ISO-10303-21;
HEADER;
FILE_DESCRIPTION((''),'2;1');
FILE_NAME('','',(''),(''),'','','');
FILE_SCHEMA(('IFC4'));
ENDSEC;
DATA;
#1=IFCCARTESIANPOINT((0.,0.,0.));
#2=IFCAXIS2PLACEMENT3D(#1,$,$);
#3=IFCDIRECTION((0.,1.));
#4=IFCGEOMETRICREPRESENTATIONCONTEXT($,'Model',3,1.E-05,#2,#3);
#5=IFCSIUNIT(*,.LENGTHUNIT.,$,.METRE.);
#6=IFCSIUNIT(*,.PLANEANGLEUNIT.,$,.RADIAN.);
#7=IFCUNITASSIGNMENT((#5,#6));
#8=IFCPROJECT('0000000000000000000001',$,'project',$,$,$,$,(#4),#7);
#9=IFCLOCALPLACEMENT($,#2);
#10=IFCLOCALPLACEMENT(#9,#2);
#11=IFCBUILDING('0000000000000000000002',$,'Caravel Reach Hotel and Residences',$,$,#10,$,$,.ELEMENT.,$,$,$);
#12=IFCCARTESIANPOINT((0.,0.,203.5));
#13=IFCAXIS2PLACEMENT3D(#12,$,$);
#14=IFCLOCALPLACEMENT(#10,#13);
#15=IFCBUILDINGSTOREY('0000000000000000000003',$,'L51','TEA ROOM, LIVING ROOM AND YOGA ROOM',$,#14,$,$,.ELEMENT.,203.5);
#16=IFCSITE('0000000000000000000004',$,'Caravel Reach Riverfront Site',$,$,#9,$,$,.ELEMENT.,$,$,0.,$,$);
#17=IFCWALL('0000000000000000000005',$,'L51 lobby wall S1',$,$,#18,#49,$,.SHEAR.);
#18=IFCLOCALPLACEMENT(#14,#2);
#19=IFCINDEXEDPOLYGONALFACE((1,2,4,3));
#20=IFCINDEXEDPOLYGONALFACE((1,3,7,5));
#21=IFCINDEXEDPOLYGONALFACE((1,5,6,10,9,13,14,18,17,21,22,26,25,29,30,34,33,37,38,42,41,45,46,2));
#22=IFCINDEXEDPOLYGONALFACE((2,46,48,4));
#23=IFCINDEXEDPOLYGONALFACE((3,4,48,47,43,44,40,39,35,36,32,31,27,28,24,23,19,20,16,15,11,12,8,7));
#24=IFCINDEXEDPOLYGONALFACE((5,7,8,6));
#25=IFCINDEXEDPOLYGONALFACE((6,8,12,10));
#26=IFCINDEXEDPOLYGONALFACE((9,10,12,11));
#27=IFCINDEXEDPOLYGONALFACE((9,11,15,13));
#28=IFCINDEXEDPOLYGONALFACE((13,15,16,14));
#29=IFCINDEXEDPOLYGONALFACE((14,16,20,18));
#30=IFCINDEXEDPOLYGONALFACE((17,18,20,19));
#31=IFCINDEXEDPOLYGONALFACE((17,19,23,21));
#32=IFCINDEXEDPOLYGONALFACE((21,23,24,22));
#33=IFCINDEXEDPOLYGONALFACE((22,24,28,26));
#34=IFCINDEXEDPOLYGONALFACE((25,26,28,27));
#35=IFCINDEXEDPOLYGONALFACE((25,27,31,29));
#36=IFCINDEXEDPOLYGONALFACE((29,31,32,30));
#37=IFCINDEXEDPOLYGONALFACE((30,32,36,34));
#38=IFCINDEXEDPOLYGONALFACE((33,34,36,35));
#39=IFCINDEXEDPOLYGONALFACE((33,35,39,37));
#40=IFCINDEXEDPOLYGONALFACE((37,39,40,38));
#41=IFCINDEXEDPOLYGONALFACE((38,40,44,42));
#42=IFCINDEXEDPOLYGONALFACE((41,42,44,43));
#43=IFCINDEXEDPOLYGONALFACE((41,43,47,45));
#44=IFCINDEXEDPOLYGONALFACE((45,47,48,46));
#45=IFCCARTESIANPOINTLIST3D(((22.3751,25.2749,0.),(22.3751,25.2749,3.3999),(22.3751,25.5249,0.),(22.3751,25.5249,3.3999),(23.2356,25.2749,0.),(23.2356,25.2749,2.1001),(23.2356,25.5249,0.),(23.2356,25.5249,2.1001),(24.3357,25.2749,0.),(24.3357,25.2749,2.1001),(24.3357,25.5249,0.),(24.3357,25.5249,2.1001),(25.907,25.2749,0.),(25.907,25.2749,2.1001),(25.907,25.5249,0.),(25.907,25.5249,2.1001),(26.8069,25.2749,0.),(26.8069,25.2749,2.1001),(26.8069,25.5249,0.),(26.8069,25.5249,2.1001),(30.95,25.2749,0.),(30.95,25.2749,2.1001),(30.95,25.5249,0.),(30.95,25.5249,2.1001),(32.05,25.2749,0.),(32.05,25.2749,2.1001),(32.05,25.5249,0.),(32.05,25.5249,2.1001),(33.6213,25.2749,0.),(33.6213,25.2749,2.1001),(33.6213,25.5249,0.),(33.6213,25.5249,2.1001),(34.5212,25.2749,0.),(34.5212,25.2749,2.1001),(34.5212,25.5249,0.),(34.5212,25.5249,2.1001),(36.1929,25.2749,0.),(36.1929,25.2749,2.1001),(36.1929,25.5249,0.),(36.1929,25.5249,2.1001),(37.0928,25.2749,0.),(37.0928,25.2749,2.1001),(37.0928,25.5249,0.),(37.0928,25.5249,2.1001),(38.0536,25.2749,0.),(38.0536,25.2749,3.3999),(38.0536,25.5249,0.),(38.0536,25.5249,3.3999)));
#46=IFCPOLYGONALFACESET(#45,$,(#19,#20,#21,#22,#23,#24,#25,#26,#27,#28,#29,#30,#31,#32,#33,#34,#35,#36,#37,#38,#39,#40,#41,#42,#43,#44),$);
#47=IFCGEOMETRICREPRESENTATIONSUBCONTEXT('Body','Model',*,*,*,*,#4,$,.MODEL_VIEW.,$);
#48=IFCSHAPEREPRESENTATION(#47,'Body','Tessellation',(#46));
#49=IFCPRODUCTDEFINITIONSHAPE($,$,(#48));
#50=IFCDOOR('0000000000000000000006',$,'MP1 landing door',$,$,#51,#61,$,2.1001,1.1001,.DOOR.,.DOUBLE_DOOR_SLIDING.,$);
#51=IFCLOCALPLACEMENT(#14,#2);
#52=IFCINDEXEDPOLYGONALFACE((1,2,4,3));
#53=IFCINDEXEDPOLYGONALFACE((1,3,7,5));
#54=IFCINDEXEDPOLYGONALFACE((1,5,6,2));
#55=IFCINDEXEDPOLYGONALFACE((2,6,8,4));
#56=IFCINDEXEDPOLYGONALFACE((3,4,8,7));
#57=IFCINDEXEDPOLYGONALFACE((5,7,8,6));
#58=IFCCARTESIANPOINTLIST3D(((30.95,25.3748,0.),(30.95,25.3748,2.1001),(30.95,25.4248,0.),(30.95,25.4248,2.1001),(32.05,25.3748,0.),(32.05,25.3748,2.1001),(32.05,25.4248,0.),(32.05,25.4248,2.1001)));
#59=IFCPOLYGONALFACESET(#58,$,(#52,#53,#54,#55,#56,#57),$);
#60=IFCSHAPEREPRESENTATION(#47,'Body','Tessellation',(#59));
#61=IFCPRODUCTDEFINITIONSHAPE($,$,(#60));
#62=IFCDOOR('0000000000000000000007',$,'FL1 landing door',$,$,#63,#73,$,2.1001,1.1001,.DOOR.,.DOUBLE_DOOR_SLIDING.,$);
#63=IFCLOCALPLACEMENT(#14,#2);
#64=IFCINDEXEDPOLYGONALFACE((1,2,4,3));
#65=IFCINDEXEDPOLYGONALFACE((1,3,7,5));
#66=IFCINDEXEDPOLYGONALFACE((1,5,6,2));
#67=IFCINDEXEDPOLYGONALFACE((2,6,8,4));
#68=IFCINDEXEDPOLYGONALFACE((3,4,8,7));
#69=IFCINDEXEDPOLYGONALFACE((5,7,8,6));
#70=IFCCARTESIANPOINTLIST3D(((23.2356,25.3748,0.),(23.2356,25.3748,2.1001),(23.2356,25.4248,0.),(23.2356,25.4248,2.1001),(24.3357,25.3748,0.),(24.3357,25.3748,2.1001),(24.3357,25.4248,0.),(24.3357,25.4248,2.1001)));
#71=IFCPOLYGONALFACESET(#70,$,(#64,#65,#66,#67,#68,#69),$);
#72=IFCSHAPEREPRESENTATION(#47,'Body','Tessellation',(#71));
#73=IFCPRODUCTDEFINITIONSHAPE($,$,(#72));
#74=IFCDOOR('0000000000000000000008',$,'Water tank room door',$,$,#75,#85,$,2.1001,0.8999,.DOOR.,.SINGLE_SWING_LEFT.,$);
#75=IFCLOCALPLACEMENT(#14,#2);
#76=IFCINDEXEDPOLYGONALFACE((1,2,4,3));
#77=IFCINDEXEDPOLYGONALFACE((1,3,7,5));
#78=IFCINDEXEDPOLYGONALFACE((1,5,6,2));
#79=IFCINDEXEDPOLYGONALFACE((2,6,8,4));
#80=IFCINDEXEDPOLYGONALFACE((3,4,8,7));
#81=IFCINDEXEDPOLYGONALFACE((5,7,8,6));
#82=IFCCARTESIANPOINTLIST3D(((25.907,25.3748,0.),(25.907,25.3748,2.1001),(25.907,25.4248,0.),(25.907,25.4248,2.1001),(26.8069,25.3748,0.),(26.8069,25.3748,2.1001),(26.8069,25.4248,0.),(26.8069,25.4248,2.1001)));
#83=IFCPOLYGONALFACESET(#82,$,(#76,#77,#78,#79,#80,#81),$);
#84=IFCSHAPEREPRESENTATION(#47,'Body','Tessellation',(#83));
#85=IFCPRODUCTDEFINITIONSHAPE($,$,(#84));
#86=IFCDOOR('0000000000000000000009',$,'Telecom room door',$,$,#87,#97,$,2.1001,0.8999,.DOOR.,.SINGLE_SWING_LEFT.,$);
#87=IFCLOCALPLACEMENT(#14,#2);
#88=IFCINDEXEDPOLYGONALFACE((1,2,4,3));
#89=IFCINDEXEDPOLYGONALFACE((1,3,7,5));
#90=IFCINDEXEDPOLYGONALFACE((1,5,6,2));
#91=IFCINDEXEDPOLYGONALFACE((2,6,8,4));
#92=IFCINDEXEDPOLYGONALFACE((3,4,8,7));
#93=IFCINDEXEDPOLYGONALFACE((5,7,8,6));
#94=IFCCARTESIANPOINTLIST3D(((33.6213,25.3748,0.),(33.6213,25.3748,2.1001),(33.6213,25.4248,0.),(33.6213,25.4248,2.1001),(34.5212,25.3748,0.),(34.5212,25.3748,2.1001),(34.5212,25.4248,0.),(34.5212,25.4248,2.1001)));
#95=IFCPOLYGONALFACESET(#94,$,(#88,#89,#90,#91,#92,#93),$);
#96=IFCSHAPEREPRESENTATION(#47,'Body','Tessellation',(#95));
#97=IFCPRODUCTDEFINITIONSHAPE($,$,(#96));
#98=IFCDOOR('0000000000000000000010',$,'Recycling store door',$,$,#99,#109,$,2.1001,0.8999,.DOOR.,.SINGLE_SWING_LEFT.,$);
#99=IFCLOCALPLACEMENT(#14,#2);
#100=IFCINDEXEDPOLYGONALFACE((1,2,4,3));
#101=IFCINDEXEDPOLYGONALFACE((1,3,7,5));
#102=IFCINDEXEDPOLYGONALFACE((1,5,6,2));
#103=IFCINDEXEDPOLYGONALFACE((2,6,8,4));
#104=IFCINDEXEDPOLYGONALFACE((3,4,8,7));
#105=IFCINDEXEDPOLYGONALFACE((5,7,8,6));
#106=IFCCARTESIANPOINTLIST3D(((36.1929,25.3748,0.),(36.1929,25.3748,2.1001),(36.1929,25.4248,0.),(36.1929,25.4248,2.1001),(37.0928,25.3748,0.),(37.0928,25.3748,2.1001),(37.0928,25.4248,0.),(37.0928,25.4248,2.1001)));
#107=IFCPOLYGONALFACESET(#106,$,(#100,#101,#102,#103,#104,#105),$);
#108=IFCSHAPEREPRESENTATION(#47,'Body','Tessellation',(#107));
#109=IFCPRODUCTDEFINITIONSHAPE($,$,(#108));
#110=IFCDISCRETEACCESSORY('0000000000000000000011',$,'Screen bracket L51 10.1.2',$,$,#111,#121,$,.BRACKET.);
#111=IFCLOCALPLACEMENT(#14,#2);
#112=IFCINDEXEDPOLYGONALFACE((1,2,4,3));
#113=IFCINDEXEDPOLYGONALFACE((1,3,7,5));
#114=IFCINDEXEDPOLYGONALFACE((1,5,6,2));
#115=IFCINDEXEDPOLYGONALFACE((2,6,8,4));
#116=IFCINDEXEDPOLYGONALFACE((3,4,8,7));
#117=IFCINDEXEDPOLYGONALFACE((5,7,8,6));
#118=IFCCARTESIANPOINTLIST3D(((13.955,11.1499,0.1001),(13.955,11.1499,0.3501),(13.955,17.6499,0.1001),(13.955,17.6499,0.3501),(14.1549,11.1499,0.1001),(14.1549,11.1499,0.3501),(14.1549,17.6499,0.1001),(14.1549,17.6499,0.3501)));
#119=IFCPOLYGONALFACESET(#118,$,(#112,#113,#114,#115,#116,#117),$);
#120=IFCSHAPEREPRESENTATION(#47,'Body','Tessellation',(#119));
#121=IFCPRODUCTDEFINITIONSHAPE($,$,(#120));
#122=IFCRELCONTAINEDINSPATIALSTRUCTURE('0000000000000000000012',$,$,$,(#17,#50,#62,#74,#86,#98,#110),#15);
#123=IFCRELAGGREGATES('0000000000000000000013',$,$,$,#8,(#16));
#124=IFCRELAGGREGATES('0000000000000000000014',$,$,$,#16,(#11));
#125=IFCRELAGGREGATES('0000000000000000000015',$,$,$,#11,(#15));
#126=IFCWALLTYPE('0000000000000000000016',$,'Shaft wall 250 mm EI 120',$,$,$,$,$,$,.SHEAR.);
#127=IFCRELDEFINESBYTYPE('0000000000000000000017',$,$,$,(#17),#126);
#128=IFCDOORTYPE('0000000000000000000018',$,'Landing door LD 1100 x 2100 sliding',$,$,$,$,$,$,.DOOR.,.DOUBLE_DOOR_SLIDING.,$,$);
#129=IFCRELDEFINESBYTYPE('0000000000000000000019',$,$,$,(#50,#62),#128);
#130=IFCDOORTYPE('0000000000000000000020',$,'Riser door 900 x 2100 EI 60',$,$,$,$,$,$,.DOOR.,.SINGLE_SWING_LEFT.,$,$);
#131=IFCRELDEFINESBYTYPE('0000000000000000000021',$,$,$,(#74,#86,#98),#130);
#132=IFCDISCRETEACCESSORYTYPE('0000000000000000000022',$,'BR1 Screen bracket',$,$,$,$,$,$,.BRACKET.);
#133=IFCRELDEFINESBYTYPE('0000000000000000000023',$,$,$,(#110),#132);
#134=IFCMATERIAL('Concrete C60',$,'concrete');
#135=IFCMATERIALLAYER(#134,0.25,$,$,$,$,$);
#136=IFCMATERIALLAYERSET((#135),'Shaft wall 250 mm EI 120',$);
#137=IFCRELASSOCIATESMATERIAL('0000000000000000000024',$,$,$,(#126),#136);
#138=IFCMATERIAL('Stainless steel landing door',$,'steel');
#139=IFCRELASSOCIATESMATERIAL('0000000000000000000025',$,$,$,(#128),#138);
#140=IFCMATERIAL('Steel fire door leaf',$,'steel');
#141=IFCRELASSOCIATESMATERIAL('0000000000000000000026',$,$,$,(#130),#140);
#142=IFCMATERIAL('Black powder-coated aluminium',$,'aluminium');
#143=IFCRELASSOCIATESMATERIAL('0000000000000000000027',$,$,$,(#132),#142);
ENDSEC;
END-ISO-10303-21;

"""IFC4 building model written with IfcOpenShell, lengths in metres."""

from ifc_helpers import new_model, si_unit, direction, frame, frame_2d, origin, origin_2d, place, context, subcontext, project, spatial, rectangle, extrude, material, layer, layer_set, type_object, element, fill, save


model = new_model("IFC4")

# Units and contexts
model_context = context("Model", 3, precision=1e-05, world=origin(), true_north=direction((0.0, 1.0)))
body_context = subcontext(model_context, "Body", "Model", "MODEL_VIEW")
ifc_project = project(units=[si_unit("LENGTHUNIT", "METRE"), si_unit("PLANEANGLEUNIT", "RADIAN")], contexts=[model_context])

# Site, building, storey
site_placement = place(None, origin())
site = spatial("IfcSite", under=ifc_project, at=site_placement, Name="Caravel Reach Riverfront Site", CompositionType="ELEMENT", RefElevation=0.0)
building_placement = place(site_placement, origin())
building = spatial("IfcBuilding", under=site, at=building_placement, Name="Caravel Reach Hotel and Residences", CompositionType="ELEMENT")
storey_placement = place(building_placement, frame((0.0, 0.0, 203.5)))
storey = spatial("IfcBuildingStorey", under=building, at=storey_placement, Name="L51", Description="TEA ROOM, LIVING ROOM AND YOGA ROOM", CompositionType="ELEMENT", Elevation=203.5)

# Wall, openings, doors
ifc_material_1 = material(Name="Concrete C60", Category="concrete")
ifc_layer_1 = layer(ifc_material_1, 0.25)
ifc_layer_set_1 = layer_set([ifc_layer_1], Name="Shaft wall 250 mm EI 120")
wall_type_1 = type_object("IfcWallType", Name="Shaft wall 250 mm EI 120", PredefinedType="SHEAR", material=ifc_layer_set_1)
wall_1_placement = place(storey_placement, frame((22.375, 25.3999, 0.0), z_axis=(0.0, 0.0, 1.0), x_axis=(1.0, 0.0, 0.0)))
wall_1 = element("IfcWall", 1, at=wall_1_placement, inside=storey, type_object=wall_type_1, Name="L51 lobby wall S1", PredefinedType="SHEAR", context=body_context, shape_type="SweptSolid", body=[
    extrude(rectangle(XDim=15.6785, YDim=0.25, at=frame_2d((7.8394, 0.0))), origin(), (0.0, 0.0, 1.0), 3.3999),
])
opening_1_placement = place(wall_1_placement, frame((8.575, 0.0, 0.0)))
opening_1 = element("IfcOpeningElement", 2, at=opening_1_placement, cuts=wall_1, PredefinedType="OPENING", context=body_context, shape_type="SweptSolid", body=[
    extrude(rectangle(XDim=1.1001, YDim=2.1001, at=frame_2d((0.55, 1.05))), frame((0.0, 0.135, 0.0), z_axis=(0.0, -1.0, 0.0), x_axis=(1.0, 0.0, 0.0)), (0.0, 0.0, 1.0), 0.27),
])
opening_2_placement = place(wall_1_placement, frame((0.8606, 0.0, 0.0)))
opening_2 = element("IfcOpeningElement", 3, at=opening_2_placement, cuts=wall_1, PredefinedType="OPENING", context=body_context, shape_type="SweptSolid", body=[
    extrude(rectangle(XDim=1.1001, YDim=2.1001, at=frame_2d((0.55, 1.05))), frame((0.0, 0.135, 0.0), z_axis=(0.0, -1.0, 0.0), x_axis=(1.0, 0.0, 0.0)), (0.0, 0.0, 1.0), 0.27),
])
opening_3_placement = place(wall_1_placement, frame((3.532, 0.0, 0.0)))
opening_3 = element("IfcOpeningElement", 4, at=opening_3_placement, cuts=wall_1, PredefinedType="OPENING", context=body_context, shape_type="SweptSolid", body=[
    extrude(rectangle(XDim=0.8999, YDim=2.1001, at=frame_2d((0.45, 1.05))), frame((0.0, 0.135, 0.0), z_axis=(0.0, -1.0, 0.0), x_axis=(1.0, 0.0, 0.0)), (0.0, 0.0, 1.0), 0.27),
])
opening_4_placement = place(wall_1_placement, frame((11.2463, 0.0, 0.0)))
opening_4 = element("IfcOpeningElement", 5, at=opening_4_placement, cuts=wall_1, PredefinedType="OPENING", context=body_context, shape_type="SweptSolid", body=[
    extrude(rectangle(XDim=0.8999, YDim=2.1001, at=frame_2d((0.45, 1.05))), frame((0.0, 0.135, 0.0), z_axis=(0.0, -1.0, 0.0), x_axis=(1.0, 0.0, 0.0)), (0.0, 0.0, 1.0), 0.27),
])
opening_5_placement = place(wall_1_placement, frame((13.8179, 0.0, 0.0)))
opening_5 = element("IfcOpeningElement", 6, at=opening_5_placement, cuts=wall_1, PredefinedType="OPENING", context=body_context, shape_type="SweptSolid", body=[
    extrude(rectangle(XDim=0.8999, YDim=2.1001, at=frame_2d((0.45, 1.05))), frame((0.0, 0.135, 0.0), z_axis=(0.0, -1.0, 0.0), x_axis=(1.0, 0.0, 0.0)), (0.0, 0.0, 1.0), 0.27),
])
ifc_material_2 = material(Name="Stainless steel landing door", Category="steel")
door_type_1 = type_object("IfcDoorType", Name="Landing door LD 1100 x 2100 sliding", OperationType="DOUBLE_DOOR_SLIDING", PredefinedType="DOOR", material=ifc_material_2)
door_1_placement = place(opening_1_placement, origin())
door_1 = element("IfcDoor", 7, at=door_1_placement, inside=storey, type_object=door_type_1, Name="MP1 landing door", OperationType="DOUBLE_DOOR_SLIDING", OverallHeight=2.1001, OverallWidth=1.1001, PredefinedType="DOOR", context=body_context, shape_type="SweptSolid", body=[
    extrude(rectangle(XDim=1.1001, YDim=2.1001, at=frame_2d((0.55, 1.05))), frame((0.0, 0.0249, 0.0), z_axis=(0.0, -1.0, 0.0), x_axis=(1.0, 0.0, 0.0)), (0.0, 0.0, 1.0), 0.05),
])
fill(opening_1, door_1)
door_2_placement = place(opening_2_placement, origin())
door_2 = element("IfcDoor", 8, at=door_2_placement, inside=storey, type_object=door_type_1, Name="FL1 landing door", OperationType="DOUBLE_DOOR_SLIDING", OverallHeight=2.1001, OverallWidth=1.1001, PredefinedType="DOOR", context=body_context, shape_type="SweptSolid", body=[
    extrude(rectangle(XDim=1.1001, YDim=2.1001, at=frame_2d((0.55, 1.05))), frame((0.0, 0.0249, 0.0), z_axis=(0.0, -1.0, 0.0), x_axis=(1.0, 0.0, 0.0)), (0.0, 0.0, 1.0), 0.05),
])
fill(opening_2, door_2)
ifc_material_3 = material(Name="Steel fire door leaf", Category="steel")
door_type_2 = type_object("IfcDoorType", Name="Riser door 900 x 2100 EI 60", OperationType="SINGLE_SWING_LEFT", PredefinedType="DOOR", material=ifc_material_3)
door_3_placement = place(opening_3_placement, origin())
door_3 = element("IfcDoor", 9, at=door_3_placement, inside=storey, type_object=door_type_2, Name="Water tank room door", OperationType="SINGLE_SWING_LEFT", OverallHeight=2.1001, OverallWidth=0.8999, PredefinedType="DOOR", context=body_context, shape_type="SweptSolid", body=[
    extrude(rectangle(XDim=0.8999, YDim=2.1001, at=frame_2d((0.45, 1.05))), frame((0.0, 0.0249, 0.0), z_axis=(0.0, -1.0, 0.0), x_axis=(1.0, 0.0, 0.0)), (0.0, 0.0, 1.0), 0.05),
])
fill(opening_3, door_3)
door_4_placement = place(opening_4_placement, origin())
door_4 = element("IfcDoor", 10, at=door_4_placement, inside=storey, type_object=door_type_2, Name="Telecom room door", OperationType="SINGLE_SWING_LEFT", OverallHeight=2.1001, OverallWidth=0.8999, PredefinedType="DOOR", context=body_context, shape_type="SweptSolid", body=[
    extrude(rectangle(XDim=0.8999, YDim=2.1001, at=frame_2d((0.45, 1.05))), frame((0.0, 0.0249, 0.0), z_axis=(0.0, -1.0, 0.0), x_axis=(1.0, 0.0, 0.0)), (0.0, 0.0, 1.0), 0.05),
])
fill(opening_4, door_4)
door_5_placement = place(opening_5_placement, origin())
door_5 = element("IfcDoor", 11, at=door_5_placement, inside=storey, type_object=door_type_2, Name="Recycling store door", OperationType="SINGLE_SWING_LEFT", OverallHeight=2.1001, OverallWidth=0.8999, PredefinedType="DOOR", context=body_context, shape_type="SweptSolid", body=[
    extrude(rectangle(XDim=0.8999, YDim=2.1001, at=frame_2d((0.45, 1.05))), frame((0.0, 0.0249, 0.0), z_axis=(0.0, -1.0, 0.0), x_axis=(1.0, 0.0, 0.0)), (0.0, 0.0, 1.0), 0.05),
])
fill(opening_5, door_5)

# Discrete accessory
ifc_material_4 = material(Name="Black powder-coated aluminium", Category="aluminium")
discrete_accessory_type = type_object("IfcDiscreteAccessoryType", Name="BR1 Screen bracket", PredefinedType="BRACKET", material=ifc_material_4)
discrete_accessory_placement = place(storey_placement, frame((14.0549, 14.3999, 0.1001), z_axis=(0.0, 0.0, 1.0), x_axis=(0.0, -1.0, 0.0)))
element("IfcDiscreteAccessory", 12, at=discrete_accessory_placement, inside=storey, type_object=discrete_accessory_type, Name="Screen bracket L51 10.1.2", PredefinedType="BRACKET", context=body_context, shape_type="SweptSolid", body=[
    extrude(rectangle(XDim=6.5, YDim=0.2, at=origin_2d()), origin(), (0.0, 0.0, 1.0), 0.25),
])

save(model, "model.ifc")
